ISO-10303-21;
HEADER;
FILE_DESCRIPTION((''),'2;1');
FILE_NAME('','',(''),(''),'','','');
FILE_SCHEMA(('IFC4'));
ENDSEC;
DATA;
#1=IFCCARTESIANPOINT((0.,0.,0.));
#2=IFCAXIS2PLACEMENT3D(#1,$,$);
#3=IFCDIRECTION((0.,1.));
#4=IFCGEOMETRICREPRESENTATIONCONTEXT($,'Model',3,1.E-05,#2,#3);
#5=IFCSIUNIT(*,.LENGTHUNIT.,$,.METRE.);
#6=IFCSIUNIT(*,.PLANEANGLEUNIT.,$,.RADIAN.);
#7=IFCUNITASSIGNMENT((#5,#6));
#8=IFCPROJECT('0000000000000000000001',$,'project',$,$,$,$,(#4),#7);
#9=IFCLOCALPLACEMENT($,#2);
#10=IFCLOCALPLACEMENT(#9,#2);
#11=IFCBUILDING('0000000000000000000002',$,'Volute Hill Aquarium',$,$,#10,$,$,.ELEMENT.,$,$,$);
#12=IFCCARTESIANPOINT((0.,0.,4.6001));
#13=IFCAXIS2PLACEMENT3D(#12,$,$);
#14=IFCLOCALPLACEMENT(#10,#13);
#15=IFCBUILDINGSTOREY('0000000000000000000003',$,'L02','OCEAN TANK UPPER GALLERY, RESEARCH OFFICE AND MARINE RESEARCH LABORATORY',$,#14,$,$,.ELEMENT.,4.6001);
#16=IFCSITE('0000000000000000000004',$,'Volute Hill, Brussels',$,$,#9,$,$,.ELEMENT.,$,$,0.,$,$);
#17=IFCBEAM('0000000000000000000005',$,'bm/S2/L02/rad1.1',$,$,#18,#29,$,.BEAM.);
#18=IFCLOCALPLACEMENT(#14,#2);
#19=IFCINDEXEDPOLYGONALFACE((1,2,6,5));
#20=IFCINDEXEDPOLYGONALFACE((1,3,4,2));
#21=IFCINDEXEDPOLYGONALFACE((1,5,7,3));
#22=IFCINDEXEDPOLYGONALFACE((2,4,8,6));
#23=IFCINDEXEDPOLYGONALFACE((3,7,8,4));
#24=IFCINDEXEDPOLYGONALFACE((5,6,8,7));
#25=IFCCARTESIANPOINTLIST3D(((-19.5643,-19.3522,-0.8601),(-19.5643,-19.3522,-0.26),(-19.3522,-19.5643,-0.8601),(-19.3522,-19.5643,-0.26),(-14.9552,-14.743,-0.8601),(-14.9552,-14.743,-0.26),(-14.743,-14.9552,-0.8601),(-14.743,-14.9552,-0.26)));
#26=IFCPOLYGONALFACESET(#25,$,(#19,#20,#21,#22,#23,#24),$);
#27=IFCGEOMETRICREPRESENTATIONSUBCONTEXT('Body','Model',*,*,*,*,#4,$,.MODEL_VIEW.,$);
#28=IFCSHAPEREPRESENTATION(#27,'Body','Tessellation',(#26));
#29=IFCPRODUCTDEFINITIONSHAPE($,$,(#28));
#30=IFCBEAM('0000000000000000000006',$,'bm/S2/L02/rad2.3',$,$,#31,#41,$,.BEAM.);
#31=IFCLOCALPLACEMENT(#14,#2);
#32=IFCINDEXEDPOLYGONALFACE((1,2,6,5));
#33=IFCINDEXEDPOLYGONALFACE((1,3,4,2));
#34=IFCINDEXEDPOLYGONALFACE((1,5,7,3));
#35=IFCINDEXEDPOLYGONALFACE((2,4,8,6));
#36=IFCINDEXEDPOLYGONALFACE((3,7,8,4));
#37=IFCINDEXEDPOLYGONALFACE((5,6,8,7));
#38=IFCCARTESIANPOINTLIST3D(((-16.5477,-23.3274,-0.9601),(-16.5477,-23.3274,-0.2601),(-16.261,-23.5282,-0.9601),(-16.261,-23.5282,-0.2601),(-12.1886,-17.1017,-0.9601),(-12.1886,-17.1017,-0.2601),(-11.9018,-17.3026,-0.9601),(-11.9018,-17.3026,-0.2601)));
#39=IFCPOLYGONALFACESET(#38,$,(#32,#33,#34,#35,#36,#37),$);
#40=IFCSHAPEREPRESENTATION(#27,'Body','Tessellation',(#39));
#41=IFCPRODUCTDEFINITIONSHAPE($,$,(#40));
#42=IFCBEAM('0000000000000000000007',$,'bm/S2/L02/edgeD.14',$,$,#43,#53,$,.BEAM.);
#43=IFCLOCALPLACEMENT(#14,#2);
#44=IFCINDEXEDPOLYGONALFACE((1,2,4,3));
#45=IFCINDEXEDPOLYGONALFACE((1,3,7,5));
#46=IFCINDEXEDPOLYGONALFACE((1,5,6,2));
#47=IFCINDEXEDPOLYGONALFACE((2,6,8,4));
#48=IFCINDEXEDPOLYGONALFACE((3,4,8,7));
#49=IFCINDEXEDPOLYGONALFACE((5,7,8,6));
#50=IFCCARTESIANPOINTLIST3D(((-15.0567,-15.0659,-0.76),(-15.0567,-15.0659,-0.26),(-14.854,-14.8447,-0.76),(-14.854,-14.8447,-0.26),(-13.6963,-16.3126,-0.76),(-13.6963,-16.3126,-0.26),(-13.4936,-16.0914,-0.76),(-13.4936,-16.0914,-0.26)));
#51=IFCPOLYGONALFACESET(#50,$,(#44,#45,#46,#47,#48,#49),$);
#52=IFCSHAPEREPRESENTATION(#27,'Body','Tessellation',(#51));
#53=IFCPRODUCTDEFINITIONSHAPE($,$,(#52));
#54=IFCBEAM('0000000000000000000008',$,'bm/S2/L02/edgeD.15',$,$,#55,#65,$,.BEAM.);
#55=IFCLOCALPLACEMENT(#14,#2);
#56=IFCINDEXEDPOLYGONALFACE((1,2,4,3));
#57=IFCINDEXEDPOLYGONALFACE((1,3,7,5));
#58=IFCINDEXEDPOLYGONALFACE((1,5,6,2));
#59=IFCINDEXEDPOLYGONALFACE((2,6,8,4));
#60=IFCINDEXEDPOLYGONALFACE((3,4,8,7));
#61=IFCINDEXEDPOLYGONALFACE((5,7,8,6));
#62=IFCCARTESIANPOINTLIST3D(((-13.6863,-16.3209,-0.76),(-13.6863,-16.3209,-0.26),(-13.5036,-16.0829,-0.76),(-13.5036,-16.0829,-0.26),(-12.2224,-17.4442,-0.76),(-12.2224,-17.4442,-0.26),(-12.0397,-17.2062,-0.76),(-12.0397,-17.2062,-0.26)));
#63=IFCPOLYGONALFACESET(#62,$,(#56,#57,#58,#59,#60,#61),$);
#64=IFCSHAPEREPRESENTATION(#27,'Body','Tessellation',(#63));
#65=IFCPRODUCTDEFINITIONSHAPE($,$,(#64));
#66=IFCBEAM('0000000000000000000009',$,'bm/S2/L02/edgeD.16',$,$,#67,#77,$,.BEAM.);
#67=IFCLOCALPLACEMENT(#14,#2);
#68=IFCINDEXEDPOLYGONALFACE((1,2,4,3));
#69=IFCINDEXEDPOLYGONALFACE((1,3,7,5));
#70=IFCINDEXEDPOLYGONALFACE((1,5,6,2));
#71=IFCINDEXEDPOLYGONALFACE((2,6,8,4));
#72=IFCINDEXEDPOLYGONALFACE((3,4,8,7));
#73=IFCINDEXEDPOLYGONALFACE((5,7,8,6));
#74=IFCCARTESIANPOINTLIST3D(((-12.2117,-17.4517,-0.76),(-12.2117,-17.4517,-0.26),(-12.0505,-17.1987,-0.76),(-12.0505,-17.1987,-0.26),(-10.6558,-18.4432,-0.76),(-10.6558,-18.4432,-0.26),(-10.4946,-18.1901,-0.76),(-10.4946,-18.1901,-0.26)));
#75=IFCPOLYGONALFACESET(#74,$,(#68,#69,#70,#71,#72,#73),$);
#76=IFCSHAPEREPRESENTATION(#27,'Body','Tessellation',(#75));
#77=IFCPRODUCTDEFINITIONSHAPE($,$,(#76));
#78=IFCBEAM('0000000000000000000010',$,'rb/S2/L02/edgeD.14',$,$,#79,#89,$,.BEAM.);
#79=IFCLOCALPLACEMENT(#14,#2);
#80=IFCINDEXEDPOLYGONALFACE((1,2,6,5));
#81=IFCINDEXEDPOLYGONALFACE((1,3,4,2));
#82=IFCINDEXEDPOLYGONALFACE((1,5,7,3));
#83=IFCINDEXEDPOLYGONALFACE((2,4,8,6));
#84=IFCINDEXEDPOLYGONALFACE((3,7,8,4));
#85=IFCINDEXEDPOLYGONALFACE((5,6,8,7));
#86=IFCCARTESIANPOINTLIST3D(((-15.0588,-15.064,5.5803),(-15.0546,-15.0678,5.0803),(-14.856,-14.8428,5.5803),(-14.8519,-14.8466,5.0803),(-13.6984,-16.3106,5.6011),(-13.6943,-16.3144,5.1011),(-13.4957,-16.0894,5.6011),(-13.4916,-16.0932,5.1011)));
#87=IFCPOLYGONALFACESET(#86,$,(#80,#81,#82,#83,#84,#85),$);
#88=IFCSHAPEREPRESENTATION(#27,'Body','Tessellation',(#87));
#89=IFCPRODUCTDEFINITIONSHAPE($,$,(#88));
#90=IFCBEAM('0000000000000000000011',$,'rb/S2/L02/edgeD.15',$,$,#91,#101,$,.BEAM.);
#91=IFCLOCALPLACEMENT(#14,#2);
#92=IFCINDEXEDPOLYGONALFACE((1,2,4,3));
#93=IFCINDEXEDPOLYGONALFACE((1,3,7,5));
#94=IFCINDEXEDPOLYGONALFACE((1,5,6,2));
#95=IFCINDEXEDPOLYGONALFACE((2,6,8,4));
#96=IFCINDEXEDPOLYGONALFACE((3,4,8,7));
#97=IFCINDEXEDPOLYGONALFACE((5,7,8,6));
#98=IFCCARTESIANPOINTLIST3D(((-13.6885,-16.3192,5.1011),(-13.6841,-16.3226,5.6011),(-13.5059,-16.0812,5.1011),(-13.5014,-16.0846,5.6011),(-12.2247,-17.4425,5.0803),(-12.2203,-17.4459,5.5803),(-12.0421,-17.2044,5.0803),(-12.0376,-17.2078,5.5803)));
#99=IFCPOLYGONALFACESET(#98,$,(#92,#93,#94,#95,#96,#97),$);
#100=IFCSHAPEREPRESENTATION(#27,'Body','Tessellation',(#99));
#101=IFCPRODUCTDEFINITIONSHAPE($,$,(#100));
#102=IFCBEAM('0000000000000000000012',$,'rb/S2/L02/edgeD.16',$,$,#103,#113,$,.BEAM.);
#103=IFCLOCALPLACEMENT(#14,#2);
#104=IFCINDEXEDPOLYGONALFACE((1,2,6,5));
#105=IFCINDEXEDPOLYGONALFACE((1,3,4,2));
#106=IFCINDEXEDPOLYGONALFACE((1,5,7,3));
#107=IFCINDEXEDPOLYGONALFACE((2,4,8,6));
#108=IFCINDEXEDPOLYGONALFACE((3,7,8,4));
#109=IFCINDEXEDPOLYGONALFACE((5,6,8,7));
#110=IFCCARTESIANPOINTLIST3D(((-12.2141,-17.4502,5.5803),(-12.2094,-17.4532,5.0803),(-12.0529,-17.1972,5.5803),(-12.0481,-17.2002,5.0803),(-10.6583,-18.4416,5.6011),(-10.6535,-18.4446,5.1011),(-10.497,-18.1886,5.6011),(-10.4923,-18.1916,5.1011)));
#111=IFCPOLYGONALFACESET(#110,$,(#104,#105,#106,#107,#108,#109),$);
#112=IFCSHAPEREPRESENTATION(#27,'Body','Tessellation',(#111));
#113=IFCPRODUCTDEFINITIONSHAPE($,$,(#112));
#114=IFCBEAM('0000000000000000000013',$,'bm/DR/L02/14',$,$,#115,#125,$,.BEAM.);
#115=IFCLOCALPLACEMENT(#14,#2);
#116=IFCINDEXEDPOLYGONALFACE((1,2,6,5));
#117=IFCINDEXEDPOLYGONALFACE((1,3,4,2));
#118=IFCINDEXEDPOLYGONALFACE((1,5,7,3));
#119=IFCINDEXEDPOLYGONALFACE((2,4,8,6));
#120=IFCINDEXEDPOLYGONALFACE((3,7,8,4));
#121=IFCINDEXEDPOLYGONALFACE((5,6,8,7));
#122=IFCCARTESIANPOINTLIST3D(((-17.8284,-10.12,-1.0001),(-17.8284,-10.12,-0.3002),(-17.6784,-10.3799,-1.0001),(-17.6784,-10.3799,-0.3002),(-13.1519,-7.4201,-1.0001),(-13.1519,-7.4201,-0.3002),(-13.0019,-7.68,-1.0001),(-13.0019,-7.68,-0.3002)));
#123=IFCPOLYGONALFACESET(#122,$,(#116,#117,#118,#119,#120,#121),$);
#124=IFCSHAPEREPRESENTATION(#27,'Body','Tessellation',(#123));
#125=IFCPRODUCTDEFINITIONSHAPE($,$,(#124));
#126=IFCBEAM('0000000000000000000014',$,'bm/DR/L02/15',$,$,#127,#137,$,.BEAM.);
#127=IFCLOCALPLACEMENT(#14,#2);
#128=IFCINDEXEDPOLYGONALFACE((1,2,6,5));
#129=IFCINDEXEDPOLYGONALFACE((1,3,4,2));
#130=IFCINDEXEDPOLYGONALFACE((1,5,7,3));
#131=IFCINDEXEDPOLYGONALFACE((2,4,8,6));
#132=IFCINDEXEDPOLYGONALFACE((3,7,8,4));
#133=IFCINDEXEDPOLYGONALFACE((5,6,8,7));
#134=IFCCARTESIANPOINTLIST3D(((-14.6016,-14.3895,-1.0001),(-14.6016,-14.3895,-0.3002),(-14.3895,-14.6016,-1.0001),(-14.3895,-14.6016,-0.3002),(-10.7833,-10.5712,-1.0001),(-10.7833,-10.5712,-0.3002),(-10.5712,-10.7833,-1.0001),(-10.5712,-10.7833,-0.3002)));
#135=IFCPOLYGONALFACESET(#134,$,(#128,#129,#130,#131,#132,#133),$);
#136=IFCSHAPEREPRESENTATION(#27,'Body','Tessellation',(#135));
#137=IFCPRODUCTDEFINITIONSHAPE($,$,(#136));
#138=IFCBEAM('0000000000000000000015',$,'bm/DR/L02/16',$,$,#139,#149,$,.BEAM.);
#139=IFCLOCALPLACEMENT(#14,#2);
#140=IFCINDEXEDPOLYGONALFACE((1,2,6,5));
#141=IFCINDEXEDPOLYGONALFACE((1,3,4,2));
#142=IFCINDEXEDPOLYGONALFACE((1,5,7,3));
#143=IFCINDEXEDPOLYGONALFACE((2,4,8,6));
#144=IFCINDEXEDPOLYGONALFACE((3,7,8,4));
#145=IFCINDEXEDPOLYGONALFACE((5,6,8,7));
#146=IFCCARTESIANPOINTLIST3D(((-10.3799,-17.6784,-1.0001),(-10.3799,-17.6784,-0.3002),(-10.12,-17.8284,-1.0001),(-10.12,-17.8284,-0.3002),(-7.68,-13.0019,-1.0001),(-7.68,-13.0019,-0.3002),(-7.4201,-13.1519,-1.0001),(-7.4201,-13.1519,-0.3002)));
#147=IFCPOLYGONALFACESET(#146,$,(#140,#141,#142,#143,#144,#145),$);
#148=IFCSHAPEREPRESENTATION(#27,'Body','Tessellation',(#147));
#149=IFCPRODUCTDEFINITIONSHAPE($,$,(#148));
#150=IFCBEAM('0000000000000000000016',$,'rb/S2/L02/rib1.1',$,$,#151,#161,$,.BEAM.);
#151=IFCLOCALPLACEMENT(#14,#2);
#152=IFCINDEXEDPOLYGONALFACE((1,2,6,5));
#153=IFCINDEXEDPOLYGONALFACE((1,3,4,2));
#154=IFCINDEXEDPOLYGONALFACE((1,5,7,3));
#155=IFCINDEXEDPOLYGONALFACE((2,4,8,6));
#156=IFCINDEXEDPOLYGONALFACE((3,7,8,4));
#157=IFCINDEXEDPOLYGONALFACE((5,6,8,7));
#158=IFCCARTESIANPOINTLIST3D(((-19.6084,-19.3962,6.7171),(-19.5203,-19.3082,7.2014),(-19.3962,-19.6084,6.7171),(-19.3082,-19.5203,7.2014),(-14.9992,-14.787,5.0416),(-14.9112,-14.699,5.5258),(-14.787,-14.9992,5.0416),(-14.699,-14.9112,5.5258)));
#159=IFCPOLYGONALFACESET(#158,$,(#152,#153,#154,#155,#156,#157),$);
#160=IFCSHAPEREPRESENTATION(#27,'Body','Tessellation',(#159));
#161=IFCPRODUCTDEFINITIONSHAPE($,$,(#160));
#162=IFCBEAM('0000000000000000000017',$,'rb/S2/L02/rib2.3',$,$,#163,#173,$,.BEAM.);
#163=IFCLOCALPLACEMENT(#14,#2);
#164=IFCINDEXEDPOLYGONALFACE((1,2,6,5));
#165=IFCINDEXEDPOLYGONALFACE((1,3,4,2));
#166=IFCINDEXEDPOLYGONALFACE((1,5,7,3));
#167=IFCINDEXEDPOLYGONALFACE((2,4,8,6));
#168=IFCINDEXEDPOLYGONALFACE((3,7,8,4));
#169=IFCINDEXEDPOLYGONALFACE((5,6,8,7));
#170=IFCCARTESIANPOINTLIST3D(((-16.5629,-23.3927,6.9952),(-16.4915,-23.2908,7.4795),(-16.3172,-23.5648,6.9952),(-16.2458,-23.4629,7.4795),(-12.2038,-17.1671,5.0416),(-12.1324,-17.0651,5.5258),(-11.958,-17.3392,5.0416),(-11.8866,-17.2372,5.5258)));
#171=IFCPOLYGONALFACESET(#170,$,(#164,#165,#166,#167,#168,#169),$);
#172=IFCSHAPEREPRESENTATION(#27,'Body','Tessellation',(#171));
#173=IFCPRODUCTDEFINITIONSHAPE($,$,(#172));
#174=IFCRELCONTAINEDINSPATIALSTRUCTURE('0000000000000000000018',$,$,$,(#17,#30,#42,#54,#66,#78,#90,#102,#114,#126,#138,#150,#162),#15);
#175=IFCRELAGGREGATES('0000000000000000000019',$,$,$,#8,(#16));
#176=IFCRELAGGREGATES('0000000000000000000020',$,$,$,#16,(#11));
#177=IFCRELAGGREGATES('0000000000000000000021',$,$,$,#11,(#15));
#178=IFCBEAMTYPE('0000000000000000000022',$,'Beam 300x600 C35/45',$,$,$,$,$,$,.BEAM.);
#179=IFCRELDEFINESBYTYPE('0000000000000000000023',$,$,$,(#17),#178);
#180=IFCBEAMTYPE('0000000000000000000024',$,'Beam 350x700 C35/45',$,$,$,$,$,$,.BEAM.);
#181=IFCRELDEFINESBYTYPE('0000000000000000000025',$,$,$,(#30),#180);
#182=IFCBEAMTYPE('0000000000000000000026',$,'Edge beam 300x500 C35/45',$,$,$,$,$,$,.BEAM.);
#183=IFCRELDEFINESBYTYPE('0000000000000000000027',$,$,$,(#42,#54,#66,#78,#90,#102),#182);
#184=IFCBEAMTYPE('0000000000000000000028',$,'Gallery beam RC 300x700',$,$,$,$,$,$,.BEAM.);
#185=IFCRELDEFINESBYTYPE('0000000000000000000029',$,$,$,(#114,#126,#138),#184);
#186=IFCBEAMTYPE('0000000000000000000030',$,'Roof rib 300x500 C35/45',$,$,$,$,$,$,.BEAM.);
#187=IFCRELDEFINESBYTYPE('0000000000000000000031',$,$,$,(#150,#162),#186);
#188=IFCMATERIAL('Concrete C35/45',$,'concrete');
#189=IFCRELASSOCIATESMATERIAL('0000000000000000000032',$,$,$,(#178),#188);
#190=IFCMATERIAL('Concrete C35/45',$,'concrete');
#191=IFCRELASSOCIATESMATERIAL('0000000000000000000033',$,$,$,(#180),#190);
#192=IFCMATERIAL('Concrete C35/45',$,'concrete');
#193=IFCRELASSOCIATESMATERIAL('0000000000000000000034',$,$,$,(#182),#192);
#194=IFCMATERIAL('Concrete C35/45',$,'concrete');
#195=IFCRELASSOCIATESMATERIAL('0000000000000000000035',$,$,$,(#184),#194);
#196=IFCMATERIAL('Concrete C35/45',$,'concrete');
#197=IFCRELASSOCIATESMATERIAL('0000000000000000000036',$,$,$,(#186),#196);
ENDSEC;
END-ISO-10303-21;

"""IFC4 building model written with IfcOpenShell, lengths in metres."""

from ifc_helpers import new_model, si_unit, direction, frame, origin, origin_2d, place, context, subcontext, project, spatial, rectangle, extrude, material, material_profile, profile_set, type_object, element, save


model = new_model("IFC4")

# Units and contexts
model_context = context("Model", 3, precision=1e-05, world=origin(), true_north=direction((0.0, 1.0)))
body_context = subcontext(model_context, "Body", "Model", "MODEL_VIEW")
ifc_project = project(units=[si_unit("LENGTHUNIT", "METRE"), si_unit("PLANEANGLEUNIT", "RADIAN")], contexts=[model_context])

# Site, building, storey
site_placement = place(None, origin())
site = spatial("IfcSite", under=ifc_project, at=site_placement, Name="Volute Hill, Brussels", CompositionType="ELEMENT", RefElevation=0.0)
building_placement = place(site_placement, origin())
building = spatial("IfcBuilding", under=site, at=building_placement, Name="Volute Hill Aquarium", CompositionType="ELEMENT")
storey_placement = place(building_placement, frame((0.0, 0.0, 4.6001)))
storey = spatial("IfcBuildingStorey", under=building, at=storey_placement, Name="L02", Description="OCEAN TANK UPPER GALLERY, RESEARCH OFFICE AND MARINE RESEARCH LABORATORY", CompositionType="ELEMENT", Elevation=4.6001)

# Beams
ifc_material_1 = material(Name="Concrete C35/45", Category="concrete")
ifc_material_profile_1 = material_profile(ifc_material_1, rectangle(XDim=0.3, YDim=0.6001, at=origin_2d()), Name="RC beam 300x600")
ifc_profile_set_1 = profile_set([ifc_material_profile_1], Name="Concrete C35/45")
beam_type_1 = type_object("IfcBeamType", Name="Beam 300x600 C35/45", PredefinedType="BEAM", material=ifc_profile_set_1)
beam_1_placement = place(storey_placement, frame((-14.8491, -14.8491, -0.5601), z_axis=(-0.707107, -0.707107, 0.0), x_axis=(0.707107, -0.707107, 0.0)))
element("IfcBeam", 1, at=beam_1_placement, inside=storey, type_object=beam_type_1, Name="bm/S2/L02/rad1.1", PredefinedType="BEAM", context=body_context, shape_type="SweptSolid", body=[
    extrude(rectangle(XDim=0.3, YDim=0.6001, at=origin_2d()), origin(), (0.0, 0.0, 1.0), 6.5183),
])
ifc_material_2 = material(Name="Concrete C35/45", Category="concrete")
ifc_material_profile_2 = material_profile(ifc_material_2, rectangle(XDim=0.3501, YDim=0.7, at=origin_2d()), Name="RC beam 350x700")
ifc_profile_set_2 = profile_set([ifc_material_profile_2], Name="Concrete C35/45")
beam_type_2 = type_object("IfcBeamType", Name="Beam 350x700 C35/45", PredefinedType="BEAM", material=ifc_profile_set_2)
beam_2_placement = place(storey_placement, frame((-12.0452, -17.2021, -0.6101), z_axis=(-0.57357, -0.819156, 0.0), x_axis=(0.819156, -0.57357, 0.0)))
element("IfcBeam", 2, at=beam_2_placement, inside=storey, type_object=beam_type_2, Name="bm/S2/L02/rad2.3", PredefinedType="BEAM", context=body_context, shape_type="SweptSolid", body=[
    extrude(rectangle(XDim=0.3501, YDim=0.7, at=origin_2d()), origin(), (0.0, 0.0, 1.0), 7.6001),
])
ifc_material_3 = material(Name="Concrete C35/45", Category="concrete")
ifc_material_profile_3 = material_profile(ifc_material_3, rectangle(XDim=0.3, YDim=0.5, at=origin_2d()), Name="RC edge beam 300x500")
ifc_profile_set_3 = profile_set([ifc_material_profile_3], Name="Concrete C35/45")
beam_type_3 = type_object("IfcBeamType", Name="Edge beam 300x500 C35/45", PredefinedType="BEAM", material=ifc_profile_set_3)
for number, where, z_axis, x_axis, name in (
    (3, (-14.9553, -14.9553, -0.51), (0.737264, -0.675605, 0.0), (0.675605, 0.737264, 0.0), "bm/S2/L02/edgeD.14"),
    (4, (-13.595, -16.2019, -0.51), (0.793346, -0.60877, 0.0), (0.60877, 0.793346, 0.0), "bm/S2/L02/edgeD.15"),
):
    element("IfcBeam", number, at=place(storey_placement, frame(where, z_axis=z_axis, x_axis=x_axis)), inside=storey, type_object=beam_type_3, Name=name, PredefinedType="BEAM", context=body_context, shape_type="SweptSolid", body=[
        extrude(rectangle(XDim=0.3, YDim=0.5, at=origin_2d()), origin(), (0.0, 0.0, 1.0), 1.8452),
    ])
beam_3_placement = place(storey_placement, frame((-12.1311, -17.3252, -0.51), z_axis=(0.843334, -0.537389, 0.0), x_axis=(0.537389, 0.843334, 0.0)))
element("IfcBeam", 5, at=beam_3_placement, inside=storey, type_object=beam_type_3, Name="bm/S2/L02/edgeD.16", PredefinedType="BEAM", context=body_context, shape_type="SweptSolid", body=[
    extrude(rectangle(XDim=0.3, YDim=0.5, at=origin_2d()), origin(), (0.0, 0.0, 1.0), 1.845),
])
for number, where, z_axis, x_axis, name in (
    (6, (-14.9553, -14.9553, 5.3303), (0.737217, -0.675562, 0.011246), (0.675605, 0.737264, 0.0), "rb/S2/L02/edgeD.14"),
    (7, (-13.595, -16.2019, 5.3511), (0.793296, -0.608732, -0.011246), (0.60877, 0.793346, 0.0), "rb/S2/L02/edgeD.15"),
):
    element("IfcBeam", number, at=place(storey_placement, frame(where, z_axis=z_axis, x_axis=x_axis)), inside=storey, type_object=beam_type_3, Name=name, PredefinedType="BEAM", context=body_context, shape_type="SweptSolid", body=[
        extrude(rectangle(XDim=0.3, YDim=0.5, at=origin_2d()), origin(), (0.0, 0.0, 1.0), 1.8452),
    ])
beam_4_placement = place(storey_placement, frame((-12.1311, -17.3252, 5.3303), z_axis=(0.843281, -0.537355, 0.011247), x_axis=(0.537389, 0.843334, 0.0)))
element("IfcBeam", 8, at=beam_4_placement, inside=storey, type_object=beam_type_3, Name="rb/S2/L02/edgeD.16", PredefinedType="BEAM", context=body_context, shape_type="SweptSolid", body=[
    extrude(rectangle(XDim=0.3, YDim=0.5, at=origin_2d()), origin(), (0.0, 0.0, 1.0), 1.845),
])
ifc_material_4 = material(Name="Concrete C35/45", Category="concrete")
ifc_material_profile_4 = material_profile(ifc_material_4, rectangle(XDim=0.3, YDim=0.7, at=origin_2d()), Name="RC beam 300x700")
ifc_profile_set_4 = profile_set([ifc_material_profile_4], Name="Concrete C35/45")
beam_type_4 = type_object("IfcBeamType", Name="Gallery beam RC 300x700", PredefinedType="BEAM", material=ifc_profile_set_4)
for number, where, z_axis, x_axis, name in (
    (9, (-13.0769, -7.55, -0.6501), (-0.866028, -0.499995, 0.0), (0.499995, -0.866028, 0.0), "bm/DR/L02/14"),
    (10, (-10.6772, -10.6772, -0.6501), (-0.707107, -0.707107, 0.0), (0.707107, -0.707107, 0.0), "bm/DR/L02/15"),
    (11, (-7.55, -13.0769, -0.6501), (-0.499995, -0.866028, 0.0), (0.866028, -0.499995, 0.0), "bm/DR/L02/16"),
):
    element("IfcBeam", number, at=place(storey_placement, frame(where, z_axis=z_axis, x_axis=x_axis)), inside=storey, type_object=beam_type_4, Name=name, PredefinedType="BEAM", context=body_context, shape_type="SweptSolid", body=[
        extrude(rectangle(XDim=0.3, YDim=0.7, at=origin_2d()), origin(), (0.0, 0.0, 1.0), 5.3999),
    ])
ifc_material_5 = material(Name="Concrete C35/45", Category="concrete")
ifc_material_profile_5 = material_profile(ifc_material_5, rectangle(XDim=0.3, YDim=0.5, at=origin_2d()), Name="RC rib 300x500")
ifc_profile_set_5 = profile_set([ifc_material_profile_5], Name="Concrete C35/45")
beam_type_5 = type_object("IfcBeamType", Name="Roof rib 300x500 C35/45", PredefinedType="BEAM", material=ifc_profile_set_5)
beam_5_placement = place(storey_placement, frame((-14.8491, -14.8491, 5.2837), z_axis=(-0.684843, -0.684843, 0.248958), x_axis=(0.707107, -0.707107, 0.0)))
element("IfcBeam", 12, at=beam_5_placement, inside=storey, type_object=beam_type_5, Name="rb/S2/L02/rib1.1", PredefinedType="BEAM", context=body_context, shape_type="SweptSolid", body=[
    extrude(rectangle(XDim=0.3, YDim=0.5, at=origin_2d()), origin(), (0.0, 0.0, 1.0), 6.7302),
])
beam_6_placement = place(storey_placement, frame((-12.0452, -17.2021, 5.2837), z_axis=(-0.55551, -0.793364, 0.248961), x_axis=(0.819156, -0.57357, 0.0)))
element("IfcBeam", 13, at=beam_6_placement, inside=storey, type_object=beam_type_5, Name="rb/S2/L02/rib2.3", PredefinedType="BEAM", context=body_context, shape_type="SweptSolid", body=[
    extrude(rectangle(XDim=0.3, YDim=0.5, at=origin_2d()), origin(), (0.0, 0.0, 1.0), 7.8472),
])

save(model, "model.ifc")
